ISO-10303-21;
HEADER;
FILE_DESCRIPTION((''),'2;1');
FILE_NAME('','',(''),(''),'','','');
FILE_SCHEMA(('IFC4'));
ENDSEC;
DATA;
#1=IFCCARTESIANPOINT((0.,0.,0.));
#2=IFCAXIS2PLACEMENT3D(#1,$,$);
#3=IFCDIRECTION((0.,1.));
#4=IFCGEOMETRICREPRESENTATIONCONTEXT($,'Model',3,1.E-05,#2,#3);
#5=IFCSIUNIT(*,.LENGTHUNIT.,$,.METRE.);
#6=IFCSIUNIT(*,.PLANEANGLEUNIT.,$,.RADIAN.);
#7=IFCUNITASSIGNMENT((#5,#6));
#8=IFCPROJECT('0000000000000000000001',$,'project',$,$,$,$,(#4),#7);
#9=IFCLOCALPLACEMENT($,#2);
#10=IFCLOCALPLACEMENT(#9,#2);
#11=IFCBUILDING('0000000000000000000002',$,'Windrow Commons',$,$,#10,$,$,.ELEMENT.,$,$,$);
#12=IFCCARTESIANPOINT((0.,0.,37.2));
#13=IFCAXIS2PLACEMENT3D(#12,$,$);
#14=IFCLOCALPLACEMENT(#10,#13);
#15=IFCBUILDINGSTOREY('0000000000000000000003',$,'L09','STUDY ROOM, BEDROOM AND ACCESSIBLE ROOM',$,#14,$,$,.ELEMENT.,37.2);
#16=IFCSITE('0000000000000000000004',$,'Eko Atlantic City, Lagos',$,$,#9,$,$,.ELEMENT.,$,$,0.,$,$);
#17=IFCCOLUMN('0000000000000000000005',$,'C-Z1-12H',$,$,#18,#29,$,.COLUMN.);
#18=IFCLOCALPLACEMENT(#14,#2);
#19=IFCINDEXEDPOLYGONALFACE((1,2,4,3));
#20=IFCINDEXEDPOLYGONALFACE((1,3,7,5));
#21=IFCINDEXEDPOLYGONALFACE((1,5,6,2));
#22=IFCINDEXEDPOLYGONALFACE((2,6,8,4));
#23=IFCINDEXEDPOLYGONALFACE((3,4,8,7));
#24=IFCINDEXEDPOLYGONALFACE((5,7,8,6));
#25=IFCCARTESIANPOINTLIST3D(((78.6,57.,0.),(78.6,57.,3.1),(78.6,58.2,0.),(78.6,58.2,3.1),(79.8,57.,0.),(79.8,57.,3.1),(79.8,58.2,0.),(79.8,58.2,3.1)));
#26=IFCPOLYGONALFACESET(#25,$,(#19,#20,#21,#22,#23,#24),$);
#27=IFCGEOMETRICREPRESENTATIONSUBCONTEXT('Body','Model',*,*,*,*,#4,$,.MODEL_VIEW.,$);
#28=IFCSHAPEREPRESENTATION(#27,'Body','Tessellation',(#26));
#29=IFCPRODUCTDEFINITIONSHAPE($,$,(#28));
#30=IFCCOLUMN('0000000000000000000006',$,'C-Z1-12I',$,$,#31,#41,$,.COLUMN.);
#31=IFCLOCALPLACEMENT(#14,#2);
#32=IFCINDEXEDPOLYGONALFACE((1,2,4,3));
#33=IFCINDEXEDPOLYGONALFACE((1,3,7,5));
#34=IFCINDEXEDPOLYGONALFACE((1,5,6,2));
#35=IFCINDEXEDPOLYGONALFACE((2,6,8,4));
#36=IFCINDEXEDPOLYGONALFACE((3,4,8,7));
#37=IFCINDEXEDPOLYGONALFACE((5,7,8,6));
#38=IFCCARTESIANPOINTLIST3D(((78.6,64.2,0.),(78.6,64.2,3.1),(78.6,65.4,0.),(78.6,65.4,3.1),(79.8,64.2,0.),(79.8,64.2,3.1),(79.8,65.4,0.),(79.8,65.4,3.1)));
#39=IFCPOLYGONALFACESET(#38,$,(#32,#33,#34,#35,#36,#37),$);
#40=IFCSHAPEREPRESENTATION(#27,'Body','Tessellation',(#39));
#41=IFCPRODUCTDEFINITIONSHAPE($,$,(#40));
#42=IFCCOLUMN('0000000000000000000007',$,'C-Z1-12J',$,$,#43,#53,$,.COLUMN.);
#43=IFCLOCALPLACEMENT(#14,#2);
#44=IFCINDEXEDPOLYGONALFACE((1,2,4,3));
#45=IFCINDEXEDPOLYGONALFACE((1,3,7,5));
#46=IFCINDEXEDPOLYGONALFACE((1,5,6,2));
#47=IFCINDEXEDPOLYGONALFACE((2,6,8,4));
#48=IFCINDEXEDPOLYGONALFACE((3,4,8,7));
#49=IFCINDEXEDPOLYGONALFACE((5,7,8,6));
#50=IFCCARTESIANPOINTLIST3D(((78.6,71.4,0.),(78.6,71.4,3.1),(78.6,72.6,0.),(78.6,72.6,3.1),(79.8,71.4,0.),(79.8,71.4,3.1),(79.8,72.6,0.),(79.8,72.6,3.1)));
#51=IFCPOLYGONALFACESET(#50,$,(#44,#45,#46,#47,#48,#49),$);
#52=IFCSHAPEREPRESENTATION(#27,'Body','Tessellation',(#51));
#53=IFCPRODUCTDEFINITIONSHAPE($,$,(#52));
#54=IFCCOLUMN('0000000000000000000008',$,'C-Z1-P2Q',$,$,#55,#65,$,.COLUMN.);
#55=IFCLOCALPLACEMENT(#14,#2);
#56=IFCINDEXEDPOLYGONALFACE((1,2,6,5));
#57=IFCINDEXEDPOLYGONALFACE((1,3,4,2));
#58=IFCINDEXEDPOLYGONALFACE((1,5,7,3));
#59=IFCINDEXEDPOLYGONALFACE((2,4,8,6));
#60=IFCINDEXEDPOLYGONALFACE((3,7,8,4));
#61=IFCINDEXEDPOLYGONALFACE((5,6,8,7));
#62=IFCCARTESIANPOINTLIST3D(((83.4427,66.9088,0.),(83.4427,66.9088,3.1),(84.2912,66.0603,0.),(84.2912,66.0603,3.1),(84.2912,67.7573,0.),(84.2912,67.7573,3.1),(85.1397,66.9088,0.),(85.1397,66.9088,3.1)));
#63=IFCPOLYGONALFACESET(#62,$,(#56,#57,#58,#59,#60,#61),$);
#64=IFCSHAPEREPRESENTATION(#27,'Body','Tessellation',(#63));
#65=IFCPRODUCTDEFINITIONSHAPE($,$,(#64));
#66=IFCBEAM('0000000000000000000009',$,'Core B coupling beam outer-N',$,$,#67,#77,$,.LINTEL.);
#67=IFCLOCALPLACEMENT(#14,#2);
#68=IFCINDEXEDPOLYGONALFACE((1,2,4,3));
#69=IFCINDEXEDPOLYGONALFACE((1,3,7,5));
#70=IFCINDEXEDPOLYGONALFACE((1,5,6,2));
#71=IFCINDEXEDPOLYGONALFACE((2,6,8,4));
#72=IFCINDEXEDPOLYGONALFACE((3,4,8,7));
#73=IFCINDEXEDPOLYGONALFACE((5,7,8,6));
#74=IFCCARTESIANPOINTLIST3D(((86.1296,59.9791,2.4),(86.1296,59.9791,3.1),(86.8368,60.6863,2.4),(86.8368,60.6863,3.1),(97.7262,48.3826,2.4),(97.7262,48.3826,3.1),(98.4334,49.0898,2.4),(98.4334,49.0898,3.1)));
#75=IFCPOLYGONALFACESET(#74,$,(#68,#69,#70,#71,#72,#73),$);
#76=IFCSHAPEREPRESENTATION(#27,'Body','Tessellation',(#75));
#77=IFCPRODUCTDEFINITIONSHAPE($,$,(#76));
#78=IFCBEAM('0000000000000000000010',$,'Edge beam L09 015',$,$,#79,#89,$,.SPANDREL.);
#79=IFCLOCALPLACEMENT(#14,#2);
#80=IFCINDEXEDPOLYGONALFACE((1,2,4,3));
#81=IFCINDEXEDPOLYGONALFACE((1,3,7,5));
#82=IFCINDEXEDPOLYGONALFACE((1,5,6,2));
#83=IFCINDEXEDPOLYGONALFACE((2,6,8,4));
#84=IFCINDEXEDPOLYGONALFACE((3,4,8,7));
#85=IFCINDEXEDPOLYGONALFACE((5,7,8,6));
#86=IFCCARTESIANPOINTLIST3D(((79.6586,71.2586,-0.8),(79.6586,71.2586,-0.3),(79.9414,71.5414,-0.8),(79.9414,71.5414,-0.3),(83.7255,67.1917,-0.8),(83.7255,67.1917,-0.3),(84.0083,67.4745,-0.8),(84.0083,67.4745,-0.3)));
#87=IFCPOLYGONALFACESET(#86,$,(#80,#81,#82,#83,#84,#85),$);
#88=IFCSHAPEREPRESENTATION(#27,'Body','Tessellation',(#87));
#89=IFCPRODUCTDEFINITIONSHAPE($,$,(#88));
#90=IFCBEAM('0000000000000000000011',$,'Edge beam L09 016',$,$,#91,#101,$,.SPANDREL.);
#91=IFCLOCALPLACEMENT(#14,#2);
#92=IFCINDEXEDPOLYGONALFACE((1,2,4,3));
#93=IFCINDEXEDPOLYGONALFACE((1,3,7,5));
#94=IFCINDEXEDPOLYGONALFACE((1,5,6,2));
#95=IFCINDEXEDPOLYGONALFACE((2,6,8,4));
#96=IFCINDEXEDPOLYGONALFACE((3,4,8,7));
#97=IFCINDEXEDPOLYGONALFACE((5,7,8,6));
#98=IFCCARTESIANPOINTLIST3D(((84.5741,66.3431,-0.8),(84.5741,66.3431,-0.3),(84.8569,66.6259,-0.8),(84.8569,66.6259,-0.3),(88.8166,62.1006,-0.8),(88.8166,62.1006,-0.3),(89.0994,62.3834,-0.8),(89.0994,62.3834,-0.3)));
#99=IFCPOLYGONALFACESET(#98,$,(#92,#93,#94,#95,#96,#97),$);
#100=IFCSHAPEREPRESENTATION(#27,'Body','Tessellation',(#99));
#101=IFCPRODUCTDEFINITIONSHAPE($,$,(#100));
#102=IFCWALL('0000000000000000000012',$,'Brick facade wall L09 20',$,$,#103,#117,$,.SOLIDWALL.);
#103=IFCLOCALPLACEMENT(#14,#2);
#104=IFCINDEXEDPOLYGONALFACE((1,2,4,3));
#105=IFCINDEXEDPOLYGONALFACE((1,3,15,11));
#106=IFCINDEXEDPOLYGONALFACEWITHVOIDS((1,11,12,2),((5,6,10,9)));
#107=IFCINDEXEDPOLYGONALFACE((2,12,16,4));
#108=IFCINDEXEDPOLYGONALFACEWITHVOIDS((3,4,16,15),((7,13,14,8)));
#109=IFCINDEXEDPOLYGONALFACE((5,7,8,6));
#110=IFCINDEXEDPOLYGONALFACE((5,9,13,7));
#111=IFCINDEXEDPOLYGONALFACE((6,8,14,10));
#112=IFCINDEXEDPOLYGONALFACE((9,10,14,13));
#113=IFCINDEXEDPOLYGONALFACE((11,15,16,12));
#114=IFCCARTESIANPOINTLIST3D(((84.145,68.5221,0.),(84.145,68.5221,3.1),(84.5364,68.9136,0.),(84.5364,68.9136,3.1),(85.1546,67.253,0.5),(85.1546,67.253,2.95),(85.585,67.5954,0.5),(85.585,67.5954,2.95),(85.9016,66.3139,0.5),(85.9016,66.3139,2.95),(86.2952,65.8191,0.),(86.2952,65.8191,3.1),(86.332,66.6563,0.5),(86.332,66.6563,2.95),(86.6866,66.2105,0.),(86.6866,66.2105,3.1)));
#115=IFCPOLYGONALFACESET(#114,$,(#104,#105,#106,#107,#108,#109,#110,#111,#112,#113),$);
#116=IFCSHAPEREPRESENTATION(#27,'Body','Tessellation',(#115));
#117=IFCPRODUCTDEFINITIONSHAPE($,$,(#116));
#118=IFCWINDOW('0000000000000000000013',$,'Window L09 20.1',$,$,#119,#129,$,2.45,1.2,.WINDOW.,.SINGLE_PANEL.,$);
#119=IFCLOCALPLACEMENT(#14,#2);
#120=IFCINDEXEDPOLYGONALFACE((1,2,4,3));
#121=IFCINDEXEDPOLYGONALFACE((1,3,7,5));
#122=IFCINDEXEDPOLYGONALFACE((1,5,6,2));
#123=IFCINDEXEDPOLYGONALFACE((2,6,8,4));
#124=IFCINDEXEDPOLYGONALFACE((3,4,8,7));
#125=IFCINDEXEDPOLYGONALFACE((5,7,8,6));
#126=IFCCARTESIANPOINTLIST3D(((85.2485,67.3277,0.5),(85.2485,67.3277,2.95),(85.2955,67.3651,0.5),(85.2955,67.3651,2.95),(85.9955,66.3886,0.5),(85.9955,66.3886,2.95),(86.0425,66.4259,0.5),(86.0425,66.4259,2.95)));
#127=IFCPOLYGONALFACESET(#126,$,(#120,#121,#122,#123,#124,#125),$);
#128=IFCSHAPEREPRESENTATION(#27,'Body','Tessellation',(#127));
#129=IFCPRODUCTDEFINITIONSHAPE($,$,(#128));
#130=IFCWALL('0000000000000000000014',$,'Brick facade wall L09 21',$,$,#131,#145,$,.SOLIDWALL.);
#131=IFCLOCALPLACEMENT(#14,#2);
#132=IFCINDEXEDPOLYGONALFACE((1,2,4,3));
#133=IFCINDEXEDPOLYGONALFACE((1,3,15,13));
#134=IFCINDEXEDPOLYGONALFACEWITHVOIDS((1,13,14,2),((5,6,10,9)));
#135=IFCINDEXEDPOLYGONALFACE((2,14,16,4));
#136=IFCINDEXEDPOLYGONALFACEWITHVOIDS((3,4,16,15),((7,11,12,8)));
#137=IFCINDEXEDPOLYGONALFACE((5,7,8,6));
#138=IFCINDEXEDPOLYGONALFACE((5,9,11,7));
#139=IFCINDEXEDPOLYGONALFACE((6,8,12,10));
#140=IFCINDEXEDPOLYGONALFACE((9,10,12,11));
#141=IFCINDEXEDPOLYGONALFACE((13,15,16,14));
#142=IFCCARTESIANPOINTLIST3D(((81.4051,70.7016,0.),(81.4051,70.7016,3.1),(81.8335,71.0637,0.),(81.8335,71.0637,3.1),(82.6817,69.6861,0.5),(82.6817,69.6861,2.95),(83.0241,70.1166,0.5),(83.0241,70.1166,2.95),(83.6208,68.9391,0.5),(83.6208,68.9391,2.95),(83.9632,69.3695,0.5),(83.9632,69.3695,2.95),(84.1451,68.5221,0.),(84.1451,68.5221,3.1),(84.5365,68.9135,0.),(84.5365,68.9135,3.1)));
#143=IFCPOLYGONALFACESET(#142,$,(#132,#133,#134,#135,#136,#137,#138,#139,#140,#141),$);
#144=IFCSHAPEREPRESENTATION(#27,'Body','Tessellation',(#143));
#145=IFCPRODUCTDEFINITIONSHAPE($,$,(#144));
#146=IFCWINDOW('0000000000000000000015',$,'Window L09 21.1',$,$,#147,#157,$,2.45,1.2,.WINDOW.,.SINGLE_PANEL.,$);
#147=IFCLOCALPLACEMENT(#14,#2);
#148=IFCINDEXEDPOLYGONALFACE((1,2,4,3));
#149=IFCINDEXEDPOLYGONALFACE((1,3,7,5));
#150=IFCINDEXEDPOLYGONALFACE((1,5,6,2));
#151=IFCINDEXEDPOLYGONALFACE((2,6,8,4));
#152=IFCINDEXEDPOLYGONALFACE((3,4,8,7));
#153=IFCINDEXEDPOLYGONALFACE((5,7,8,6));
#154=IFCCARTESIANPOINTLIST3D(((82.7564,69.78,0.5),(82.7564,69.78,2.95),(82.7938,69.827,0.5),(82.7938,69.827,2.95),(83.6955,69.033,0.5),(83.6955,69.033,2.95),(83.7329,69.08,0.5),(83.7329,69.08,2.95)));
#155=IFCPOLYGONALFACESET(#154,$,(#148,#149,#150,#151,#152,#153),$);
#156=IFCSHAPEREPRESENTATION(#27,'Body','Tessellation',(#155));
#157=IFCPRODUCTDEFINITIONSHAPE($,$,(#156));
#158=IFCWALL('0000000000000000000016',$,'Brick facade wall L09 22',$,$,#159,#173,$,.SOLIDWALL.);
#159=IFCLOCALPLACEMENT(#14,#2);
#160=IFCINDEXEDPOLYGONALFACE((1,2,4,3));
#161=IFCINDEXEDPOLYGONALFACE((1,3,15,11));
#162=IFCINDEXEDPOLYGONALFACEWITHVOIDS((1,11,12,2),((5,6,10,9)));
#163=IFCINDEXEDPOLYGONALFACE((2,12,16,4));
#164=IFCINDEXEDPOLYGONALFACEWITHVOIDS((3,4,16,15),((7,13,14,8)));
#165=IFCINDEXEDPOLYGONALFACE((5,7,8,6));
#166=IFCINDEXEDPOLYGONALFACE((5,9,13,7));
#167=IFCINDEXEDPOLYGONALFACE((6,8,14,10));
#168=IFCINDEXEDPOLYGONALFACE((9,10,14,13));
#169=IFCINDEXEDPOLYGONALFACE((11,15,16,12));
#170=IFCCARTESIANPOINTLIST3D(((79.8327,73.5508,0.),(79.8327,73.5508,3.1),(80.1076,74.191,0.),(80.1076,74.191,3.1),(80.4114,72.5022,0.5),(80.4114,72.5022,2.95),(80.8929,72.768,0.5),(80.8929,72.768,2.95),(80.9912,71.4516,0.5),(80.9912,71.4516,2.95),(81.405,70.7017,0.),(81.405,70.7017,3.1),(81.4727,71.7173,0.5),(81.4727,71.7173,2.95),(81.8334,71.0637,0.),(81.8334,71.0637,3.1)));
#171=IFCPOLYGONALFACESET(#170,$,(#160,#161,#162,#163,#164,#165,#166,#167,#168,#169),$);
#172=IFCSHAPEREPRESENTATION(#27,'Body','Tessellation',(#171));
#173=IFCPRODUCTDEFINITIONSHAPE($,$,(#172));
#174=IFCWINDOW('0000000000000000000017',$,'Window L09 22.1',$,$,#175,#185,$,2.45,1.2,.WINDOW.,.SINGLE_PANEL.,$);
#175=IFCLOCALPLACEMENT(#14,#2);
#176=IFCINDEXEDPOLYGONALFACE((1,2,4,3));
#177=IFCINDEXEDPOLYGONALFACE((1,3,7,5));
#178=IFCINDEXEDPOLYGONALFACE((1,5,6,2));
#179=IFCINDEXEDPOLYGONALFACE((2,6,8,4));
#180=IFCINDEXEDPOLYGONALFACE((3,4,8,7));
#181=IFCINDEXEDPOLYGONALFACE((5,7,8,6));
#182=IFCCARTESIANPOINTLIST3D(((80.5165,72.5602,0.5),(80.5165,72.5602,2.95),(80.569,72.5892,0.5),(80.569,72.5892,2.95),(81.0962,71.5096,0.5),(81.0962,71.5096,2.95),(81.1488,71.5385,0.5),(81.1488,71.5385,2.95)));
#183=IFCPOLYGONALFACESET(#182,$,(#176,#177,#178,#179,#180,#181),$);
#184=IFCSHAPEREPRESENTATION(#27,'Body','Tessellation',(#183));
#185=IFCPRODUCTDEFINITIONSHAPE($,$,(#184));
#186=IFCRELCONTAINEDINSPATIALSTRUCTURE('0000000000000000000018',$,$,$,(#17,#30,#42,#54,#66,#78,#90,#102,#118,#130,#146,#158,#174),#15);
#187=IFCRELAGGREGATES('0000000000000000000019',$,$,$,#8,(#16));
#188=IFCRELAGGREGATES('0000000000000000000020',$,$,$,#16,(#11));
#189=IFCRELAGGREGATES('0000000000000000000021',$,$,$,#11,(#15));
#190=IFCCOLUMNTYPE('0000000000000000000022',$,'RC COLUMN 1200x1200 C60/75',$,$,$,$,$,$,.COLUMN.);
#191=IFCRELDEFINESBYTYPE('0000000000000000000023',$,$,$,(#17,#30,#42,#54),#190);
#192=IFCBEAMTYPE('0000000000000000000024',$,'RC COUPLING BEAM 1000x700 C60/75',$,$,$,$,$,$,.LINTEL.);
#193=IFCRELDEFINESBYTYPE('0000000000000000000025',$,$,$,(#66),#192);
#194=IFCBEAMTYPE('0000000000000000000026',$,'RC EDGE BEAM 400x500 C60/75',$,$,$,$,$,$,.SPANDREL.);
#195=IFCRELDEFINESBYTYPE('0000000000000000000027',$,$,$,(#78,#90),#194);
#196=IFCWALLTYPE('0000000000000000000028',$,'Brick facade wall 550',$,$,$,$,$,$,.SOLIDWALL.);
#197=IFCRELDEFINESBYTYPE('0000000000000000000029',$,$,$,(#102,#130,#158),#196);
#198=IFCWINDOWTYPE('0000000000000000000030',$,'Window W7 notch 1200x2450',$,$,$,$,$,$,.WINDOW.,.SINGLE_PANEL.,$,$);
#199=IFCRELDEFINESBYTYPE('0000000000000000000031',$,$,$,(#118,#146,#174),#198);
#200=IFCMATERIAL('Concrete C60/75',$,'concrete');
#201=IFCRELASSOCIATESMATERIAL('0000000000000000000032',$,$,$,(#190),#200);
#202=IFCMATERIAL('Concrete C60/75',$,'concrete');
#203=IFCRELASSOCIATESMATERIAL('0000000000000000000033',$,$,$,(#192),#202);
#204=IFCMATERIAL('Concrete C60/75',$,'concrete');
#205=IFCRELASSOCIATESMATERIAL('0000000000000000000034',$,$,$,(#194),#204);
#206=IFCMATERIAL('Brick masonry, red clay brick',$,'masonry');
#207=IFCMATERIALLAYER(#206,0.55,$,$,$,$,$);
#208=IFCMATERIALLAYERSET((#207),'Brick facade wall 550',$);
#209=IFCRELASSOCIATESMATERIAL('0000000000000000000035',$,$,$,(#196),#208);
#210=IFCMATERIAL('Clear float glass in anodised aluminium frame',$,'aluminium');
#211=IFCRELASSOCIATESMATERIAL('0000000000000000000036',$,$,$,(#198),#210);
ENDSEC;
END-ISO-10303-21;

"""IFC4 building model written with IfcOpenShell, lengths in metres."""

from ifc_helpers import new_model, si_unit, direction, frame, frame_2d, origin, origin_2d, place, context, subcontext, project, spatial, polyline, rectangle, outline, extrude, material, layer, layer_set, material_profile, profile_set, type_object, element, fill, save


model = new_model("IFC4")

# Units and contexts
model_context = context("Model", 3, precision=1e-05, world=origin(), true_north=direction((0.0, 1.0)))
body_context = subcontext(model_context, "Body", "Model", "MODEL_VIEW")
ifc_project = project(units=[si_unit("LENGTHUNIT", "METRE"), si_unit("PLANEANGLEUNIT", "RADIAN")], contexts=[model_context])

# Site, building, storey
site_placement = place(None, origin())
site = spatial("IfcSite", under=ifc_project, at=site_placement, Name="Eko Atlantic City, Lagos", CompositionType="ELEMENT", RefElevation=0.0)
building_placement = place(site_placement, origin())
building = spatial("IfcBuilding", under=site, at=building_placement, Name="Windrow Commons", CompositionType="ELEMENT")
storey_placement = place(building_placement, frame((0.0, 0.0, 37.2)))
storey = spatial("IfcBuildingStorey", under=building, at=storey_placement, Name="L09", Description="STUDY ROOM, BEDROOM AND ACCESSIBLE ROOM", CompositionType="ELEMENT", Elevation=37.2)

# Columns
ifc_material_1 = material(Name="Concrete C60/75", Category="concrete")
ifc_material_profile_1 = material_profile(ifc_material_1, rectangle(XDim=1.2, YDim=1.2, at=origin_2d()))
ifc_profile_set_1 = profile_set([ifc_material_profile_1], Name="Concrete C60/75")
column_type = type_object("IfcColumnType", Name="RC COLUMN 1200x1200 C60/75", PredefinedType="COLUMN", material=ifc_profile_set_1)
for number, where, z_axis, x_axis, name in (
    (1, (79.2, 57.6, 0.0), (0.0, 0.0, 1.0), (1.0, 0.0, 0.0), "C-Z1-12H"),
    (2, (79.2, 64.8, 0.0), (0.0, 0.0, 1.0), (1.0, 0.0, 0.0), "C-Z1-12I"),
    (3, (79.2, 72.0, 0.0), (0.0, 0.0, 1.0), (1.0, 0.0, 0.0), "C-Z1-12J"),
    (4, (84.2912, 66.9088, 0.0), (0.0, 0.0, 1.0), (0.707107, -0.707107, 0.0), "C-Z1-P2Q"),
):
    element("IfcColumn", number, at=place(storey_placement, frame(where, z_axis=z_axis, x_axis=x_axis)), inside=storey, type_object=column_type, Name=name, PredefinedType="COLUMN", context=body_context, shape_type="SweptSolid", body=[
        extrude(rectangle(XDim=1.2, YDim=1.2, at=origin_2d()), origin(), (0.0, 0.0, 1.0), 3.1),
    ])

# Beams
ifc_material_2 = material(Name="Concrete C60/75", Category="concrete")
ifc_material_profile_2 = material_profile(ifc_material_2, rectangle(XDim=1.0, YDim=0.7, at=origin_2d()))
ifc_profile_set_2 = profile_set([ifc_material_profile_2], Name="Concrete C60/75")
beam_type_1 = type_object("IfcBeamType", Name="RC COUPLING BEAM 1000x700 C60/75", PredefinedType="LINTEL", material=ifc_profile_set_2)
beam_1_placement = place(storey_placement, frame((86.4832, 60.3327, 2.75), z_axis=(0.70711, -0.707104, 0.0), x_axis=(0.707104, 0.70711, 0.0)))
element("IfcBeam", 5, at=beam_1_placement, inside=storey, type_object=beam_type_1, Name="Core B coupling beam outer-N", PredefinedType="LINTEL", context=body_context, shape_type="SweptSolid", body=[
    extrude(rectangle(XDim=1.0, YDim=0.7, at=origin_2d()), origin(), (0.0, 0.0, 1.0), 16.4),
])
ifc_material_3 = material(Name="Concrete C60/75", Category="concrete")
ifc_material_profile_3 = material_profile(ifc_material_3, rectangle(XDim=0.4, YDim=0.5, at=origin_2d()))
ifc_profile_set_3 = profile_set([ifc_material_profile_3], Name="Concrete C60/75")
beam_type_2 = type_object("IfcBeamType", Name="RC EDGE BEAM 400x500 C60/75", PredefinedType="SPANDREL", material=ifc_profile_set_3)
beam_2_placement = place(storey_placement, frame((79.8, 71.4, -0.55), z_axis=(0.707107, -0.707107, 0.0), x_axis=(0.707107, 0.707107, 0.0)))
element("IfcBeam", 6, at=beam_2_placement, inside=storey, type_object=beam_type_2, Name="Edge beam L09 015", PredefinedType="SPANDREL", context=body_context, shape_type="SweptSolid", body=[
    extrude(rectangle(XDim=0.4, YDim=0.5, at=origin_2d()), origin(), (0.0, 0.0, 1.0), 5.7515),
])
beam_3_placement = place(storey_placement, frame((84.7155, 66.4845, -0.55), z_axis=(0.707107, -0.707107, 0.0), x_axis=(0.707107, 0.707107, 0.0)))
element("IfcBeam", 7, at=beam_3_placement, inside=storey, type_object=beam_type_2, Name="Edge beam L09 016", PredefinedType="SPANDREL", context=body_context, shape_type="SweptSolid", body=[
    extrude(rectangle(XDim=0.4, YDim=0.5, at=origin_2d()), origin(), (0.0, 0.0, 1.0), 5.9998),
])

# Walls, openings, windows
ifc_material_4 = material(Name="Brick masonry, red clay brick", Category="masonry")
ifc_layer_1 = layer(ifc_material_4, 0.55)
ifc_layer_set_1 = layer_set([ifc_layer_1], Name="Brick facade wall 550")
wall_type_1 = type_object("IfcWallType", Name="Brick facade wall 550", PredefinedType="SOLIDWALL", material=ifc_layer_set_1)
wall_1_placement = place(storey_placement, frame((86.4909, 66.0148, 0.0), z_axis=(0.0, 0.0, 1.0), x_axis=(-0.622521, 0.782603, 0.0)))
wall_1 = element("IfcWall", 8, at=wall_1_placement, inside=storey, type_object=wall_type_1, Name="Brick facade wall L09 20", PredefinedType="SOLIDWALL", context=body_context, shape_type="SweptSolid", body=[
    extrude(outline(polyline([(0.0313, -0.275), (3.4853, -0.275), (3.4226, 0.275), (-0.0313, 0.275), (0.0313, -0.275)])), origin(), (0.0, 0.0, 1.0), 3.1),
])
opening_1_placement = place(wall_1_placement, frame((0.6009, 0.0, 0.5)))
opening_1 = element("IfcOpeningElement", 9, at=opening_1_placement, cuts=wall_1, PredefinedType="OPENING", context=body_context, shape_type="SweptSolid", body=[
    extrude(rectangle(XDim=1.2, YDim=2.45, at=frame_2d((0.6, 1.225))), frame((0.0, 0.285, 0.0), z_axis=(0.0, -1.0, 0.0), x_axis=(1.0, 0.0, 0.0)), (0.0, 0.0, 1.0), 0.57),
])
ifc_material_5 = material(Name="Clear float glass in anodised aluminium frame", Category="aluminium")
window_type = type_object("IfcWindowType", Name="Window W7 notch 1200x2450", PartitioningType="SINGLE_PANEL", PredefinedType="WINDOW", material=ifc_material_5)
window_1_placement = place(opening_1_placement, origin())
window_1 = element("IfcWindow", 10, at=window_1_placement, inside=storey, type_object=window_type, Name="Window L09 20.1", OverallHeight=2.45, OverallWidth=1.2, PartitioningType="SINGLE_PANEL", PredefinedType="WINDOW", context=body_context, shape_type="SweptSolid", body=[
    extrude(rectangle(XDim=1.2, YDim=2.45, at=frame_2d((0.6, 1.225))), frame((0.0, 0.155, 0.0), z_axis=(0.0, -1.0, 0.0), x_axis=(1.0, 0.0, 0.0)), (0.0, 0.0, 1.0), 0.06),
])
fill(opening_1, window_1)
wall_2_placement = place(storey_placement, frame((84.3408, 68.7178, 0.0), z_axis=(0.0, 0.0, 1.0), x_axis=(-0.782602, 0.622522, 0.0)))
wall_2 = element("IfcWall", 11, at=wall_2_placement, inside=storey, type_object=wall_type_1, Name="Brick facade wall L09 21", PredefinedType="SOLIDWALL", context=body_context, shape_type="SweptSolid", body=[
    extrude(outline(polyline([(-0.0313, -0.275), (3.4226, -0.275), (3.5325, 0.275), (0.0313, 0.275), (-0.0313, -0.275)])), origin(), (0.0, 0.0, 1.0), 3.1),
])
opening_2_placement = place(wall_2_placement, frame((0.7012, 0.0, 0.5)))
opening_2 = element("IfcOpeningElement", 12, at=opening_2_placement, cuts=wall_2, PredefinedType="OPENING", context=body_context, shape_type="SweptSolid", body=[
    extrude(rectangle(XDim=1.2, YDim=2.45, at=frame_2d((0.6, 1.225))), frame((0.0, 0.285, 0.0), z_axis=(0.0, -1.0, 0.0), x_axis=(1.0, 0.0, 0.0)), (0.0, 0.0, 1.0), 0.57),
])
window_2_placement = place(opening_2_placement, origin())
window_2 = element("IfcWindow", 13, at=window_2_placement, inside=storey, type_object=window_type, Name="Window L09 21.1", OverallHeight=2.45, OverallWidth=1.2, PartitioningType="SINGLE_PANEL", PredefinedType="WINDOW", context=body_context, shape_type="SweptSolid", body=[
    extrude(rectangle(XDim=1.2, YDim=2.45, at=frame_2d((0.6, 1.225))), frame((0.0, 0.155, 0.0), z_axis=(0.0, -1.0, 0.0), x_axis=(1.0, 0.0, 0.0)), (0.0, 0.0, 1.0), 0.06),
])
fill(opening_2, window_2)
wall_3_placement = place(storey_placement, frame((81.6192, 70.8827, 0.0), z_axis=(0.0, 0.0, 1.0), x_axis=(-0.483153, 0.875536, 0.0)))
wall_3 = element("IfcWall", 14, at=wall_3_placement, inside=storey, type_object=wall_type_1, Name="Brick facade wall L09 22", PredefinedType="SOLIDWALL", context=body_context, shape_type="SweptSolid", body=[
    extrude(outline(polyline([(0.055, -0.275), (3.6269, -0.275), (3.1992, 0.275), (-0.055, 0.275), (0.055, -0.275)])), origin(), (0.0, 0.0, 1.0), 3.1),
])
opening_3_placement = place(wall_3_placement, frame((0.8015, 0.0, 0.5)))
opening_3 = element("IfcOpeningElement", 15, at=opening_3_placement, cuts=wall_3, PredefinedType="OPENING", context=body_context, shape_type="SweptSolid", body=[
    extrude(rectangle(XDim=1.2, YDim=2.45, at=frame_2d((0.6, 1.225))), frame((0.0, 0.285, 0.0), z_axis=(0.0, -1.0, 0.0), x_axis=(1.0, 0.0, 0.0)), (0.0, 0.0, 1.0), 0.57),
])
window_3_placement = place(opening_3_placement, origin())
window_3 = element("IfcWindow", 16, at=window_3_placement, inside=storey, type_object=window_type, Name="Window L09 22.1", OverallHeight=2.45, OverallWidth=1.2, PartitioningType="SINGLE_PANEL", PredefinedType="WINDOW", context=body_context, shape_type="SweptSolid", body=[
    extrude(rectangle(XDim=1.2, YDim=2.45, at=frame_2d((0.6, 1.225))), frame((0.0, 0.155, 0.0), z_axis=(0.0, -1.0, 0.0), x_axis=(1.0, 0.0, 0.0)), (0.0, 0.0, 1.0), 0.06),
])
fill(opening_3, window_3)

save(model, "model.ifc")
